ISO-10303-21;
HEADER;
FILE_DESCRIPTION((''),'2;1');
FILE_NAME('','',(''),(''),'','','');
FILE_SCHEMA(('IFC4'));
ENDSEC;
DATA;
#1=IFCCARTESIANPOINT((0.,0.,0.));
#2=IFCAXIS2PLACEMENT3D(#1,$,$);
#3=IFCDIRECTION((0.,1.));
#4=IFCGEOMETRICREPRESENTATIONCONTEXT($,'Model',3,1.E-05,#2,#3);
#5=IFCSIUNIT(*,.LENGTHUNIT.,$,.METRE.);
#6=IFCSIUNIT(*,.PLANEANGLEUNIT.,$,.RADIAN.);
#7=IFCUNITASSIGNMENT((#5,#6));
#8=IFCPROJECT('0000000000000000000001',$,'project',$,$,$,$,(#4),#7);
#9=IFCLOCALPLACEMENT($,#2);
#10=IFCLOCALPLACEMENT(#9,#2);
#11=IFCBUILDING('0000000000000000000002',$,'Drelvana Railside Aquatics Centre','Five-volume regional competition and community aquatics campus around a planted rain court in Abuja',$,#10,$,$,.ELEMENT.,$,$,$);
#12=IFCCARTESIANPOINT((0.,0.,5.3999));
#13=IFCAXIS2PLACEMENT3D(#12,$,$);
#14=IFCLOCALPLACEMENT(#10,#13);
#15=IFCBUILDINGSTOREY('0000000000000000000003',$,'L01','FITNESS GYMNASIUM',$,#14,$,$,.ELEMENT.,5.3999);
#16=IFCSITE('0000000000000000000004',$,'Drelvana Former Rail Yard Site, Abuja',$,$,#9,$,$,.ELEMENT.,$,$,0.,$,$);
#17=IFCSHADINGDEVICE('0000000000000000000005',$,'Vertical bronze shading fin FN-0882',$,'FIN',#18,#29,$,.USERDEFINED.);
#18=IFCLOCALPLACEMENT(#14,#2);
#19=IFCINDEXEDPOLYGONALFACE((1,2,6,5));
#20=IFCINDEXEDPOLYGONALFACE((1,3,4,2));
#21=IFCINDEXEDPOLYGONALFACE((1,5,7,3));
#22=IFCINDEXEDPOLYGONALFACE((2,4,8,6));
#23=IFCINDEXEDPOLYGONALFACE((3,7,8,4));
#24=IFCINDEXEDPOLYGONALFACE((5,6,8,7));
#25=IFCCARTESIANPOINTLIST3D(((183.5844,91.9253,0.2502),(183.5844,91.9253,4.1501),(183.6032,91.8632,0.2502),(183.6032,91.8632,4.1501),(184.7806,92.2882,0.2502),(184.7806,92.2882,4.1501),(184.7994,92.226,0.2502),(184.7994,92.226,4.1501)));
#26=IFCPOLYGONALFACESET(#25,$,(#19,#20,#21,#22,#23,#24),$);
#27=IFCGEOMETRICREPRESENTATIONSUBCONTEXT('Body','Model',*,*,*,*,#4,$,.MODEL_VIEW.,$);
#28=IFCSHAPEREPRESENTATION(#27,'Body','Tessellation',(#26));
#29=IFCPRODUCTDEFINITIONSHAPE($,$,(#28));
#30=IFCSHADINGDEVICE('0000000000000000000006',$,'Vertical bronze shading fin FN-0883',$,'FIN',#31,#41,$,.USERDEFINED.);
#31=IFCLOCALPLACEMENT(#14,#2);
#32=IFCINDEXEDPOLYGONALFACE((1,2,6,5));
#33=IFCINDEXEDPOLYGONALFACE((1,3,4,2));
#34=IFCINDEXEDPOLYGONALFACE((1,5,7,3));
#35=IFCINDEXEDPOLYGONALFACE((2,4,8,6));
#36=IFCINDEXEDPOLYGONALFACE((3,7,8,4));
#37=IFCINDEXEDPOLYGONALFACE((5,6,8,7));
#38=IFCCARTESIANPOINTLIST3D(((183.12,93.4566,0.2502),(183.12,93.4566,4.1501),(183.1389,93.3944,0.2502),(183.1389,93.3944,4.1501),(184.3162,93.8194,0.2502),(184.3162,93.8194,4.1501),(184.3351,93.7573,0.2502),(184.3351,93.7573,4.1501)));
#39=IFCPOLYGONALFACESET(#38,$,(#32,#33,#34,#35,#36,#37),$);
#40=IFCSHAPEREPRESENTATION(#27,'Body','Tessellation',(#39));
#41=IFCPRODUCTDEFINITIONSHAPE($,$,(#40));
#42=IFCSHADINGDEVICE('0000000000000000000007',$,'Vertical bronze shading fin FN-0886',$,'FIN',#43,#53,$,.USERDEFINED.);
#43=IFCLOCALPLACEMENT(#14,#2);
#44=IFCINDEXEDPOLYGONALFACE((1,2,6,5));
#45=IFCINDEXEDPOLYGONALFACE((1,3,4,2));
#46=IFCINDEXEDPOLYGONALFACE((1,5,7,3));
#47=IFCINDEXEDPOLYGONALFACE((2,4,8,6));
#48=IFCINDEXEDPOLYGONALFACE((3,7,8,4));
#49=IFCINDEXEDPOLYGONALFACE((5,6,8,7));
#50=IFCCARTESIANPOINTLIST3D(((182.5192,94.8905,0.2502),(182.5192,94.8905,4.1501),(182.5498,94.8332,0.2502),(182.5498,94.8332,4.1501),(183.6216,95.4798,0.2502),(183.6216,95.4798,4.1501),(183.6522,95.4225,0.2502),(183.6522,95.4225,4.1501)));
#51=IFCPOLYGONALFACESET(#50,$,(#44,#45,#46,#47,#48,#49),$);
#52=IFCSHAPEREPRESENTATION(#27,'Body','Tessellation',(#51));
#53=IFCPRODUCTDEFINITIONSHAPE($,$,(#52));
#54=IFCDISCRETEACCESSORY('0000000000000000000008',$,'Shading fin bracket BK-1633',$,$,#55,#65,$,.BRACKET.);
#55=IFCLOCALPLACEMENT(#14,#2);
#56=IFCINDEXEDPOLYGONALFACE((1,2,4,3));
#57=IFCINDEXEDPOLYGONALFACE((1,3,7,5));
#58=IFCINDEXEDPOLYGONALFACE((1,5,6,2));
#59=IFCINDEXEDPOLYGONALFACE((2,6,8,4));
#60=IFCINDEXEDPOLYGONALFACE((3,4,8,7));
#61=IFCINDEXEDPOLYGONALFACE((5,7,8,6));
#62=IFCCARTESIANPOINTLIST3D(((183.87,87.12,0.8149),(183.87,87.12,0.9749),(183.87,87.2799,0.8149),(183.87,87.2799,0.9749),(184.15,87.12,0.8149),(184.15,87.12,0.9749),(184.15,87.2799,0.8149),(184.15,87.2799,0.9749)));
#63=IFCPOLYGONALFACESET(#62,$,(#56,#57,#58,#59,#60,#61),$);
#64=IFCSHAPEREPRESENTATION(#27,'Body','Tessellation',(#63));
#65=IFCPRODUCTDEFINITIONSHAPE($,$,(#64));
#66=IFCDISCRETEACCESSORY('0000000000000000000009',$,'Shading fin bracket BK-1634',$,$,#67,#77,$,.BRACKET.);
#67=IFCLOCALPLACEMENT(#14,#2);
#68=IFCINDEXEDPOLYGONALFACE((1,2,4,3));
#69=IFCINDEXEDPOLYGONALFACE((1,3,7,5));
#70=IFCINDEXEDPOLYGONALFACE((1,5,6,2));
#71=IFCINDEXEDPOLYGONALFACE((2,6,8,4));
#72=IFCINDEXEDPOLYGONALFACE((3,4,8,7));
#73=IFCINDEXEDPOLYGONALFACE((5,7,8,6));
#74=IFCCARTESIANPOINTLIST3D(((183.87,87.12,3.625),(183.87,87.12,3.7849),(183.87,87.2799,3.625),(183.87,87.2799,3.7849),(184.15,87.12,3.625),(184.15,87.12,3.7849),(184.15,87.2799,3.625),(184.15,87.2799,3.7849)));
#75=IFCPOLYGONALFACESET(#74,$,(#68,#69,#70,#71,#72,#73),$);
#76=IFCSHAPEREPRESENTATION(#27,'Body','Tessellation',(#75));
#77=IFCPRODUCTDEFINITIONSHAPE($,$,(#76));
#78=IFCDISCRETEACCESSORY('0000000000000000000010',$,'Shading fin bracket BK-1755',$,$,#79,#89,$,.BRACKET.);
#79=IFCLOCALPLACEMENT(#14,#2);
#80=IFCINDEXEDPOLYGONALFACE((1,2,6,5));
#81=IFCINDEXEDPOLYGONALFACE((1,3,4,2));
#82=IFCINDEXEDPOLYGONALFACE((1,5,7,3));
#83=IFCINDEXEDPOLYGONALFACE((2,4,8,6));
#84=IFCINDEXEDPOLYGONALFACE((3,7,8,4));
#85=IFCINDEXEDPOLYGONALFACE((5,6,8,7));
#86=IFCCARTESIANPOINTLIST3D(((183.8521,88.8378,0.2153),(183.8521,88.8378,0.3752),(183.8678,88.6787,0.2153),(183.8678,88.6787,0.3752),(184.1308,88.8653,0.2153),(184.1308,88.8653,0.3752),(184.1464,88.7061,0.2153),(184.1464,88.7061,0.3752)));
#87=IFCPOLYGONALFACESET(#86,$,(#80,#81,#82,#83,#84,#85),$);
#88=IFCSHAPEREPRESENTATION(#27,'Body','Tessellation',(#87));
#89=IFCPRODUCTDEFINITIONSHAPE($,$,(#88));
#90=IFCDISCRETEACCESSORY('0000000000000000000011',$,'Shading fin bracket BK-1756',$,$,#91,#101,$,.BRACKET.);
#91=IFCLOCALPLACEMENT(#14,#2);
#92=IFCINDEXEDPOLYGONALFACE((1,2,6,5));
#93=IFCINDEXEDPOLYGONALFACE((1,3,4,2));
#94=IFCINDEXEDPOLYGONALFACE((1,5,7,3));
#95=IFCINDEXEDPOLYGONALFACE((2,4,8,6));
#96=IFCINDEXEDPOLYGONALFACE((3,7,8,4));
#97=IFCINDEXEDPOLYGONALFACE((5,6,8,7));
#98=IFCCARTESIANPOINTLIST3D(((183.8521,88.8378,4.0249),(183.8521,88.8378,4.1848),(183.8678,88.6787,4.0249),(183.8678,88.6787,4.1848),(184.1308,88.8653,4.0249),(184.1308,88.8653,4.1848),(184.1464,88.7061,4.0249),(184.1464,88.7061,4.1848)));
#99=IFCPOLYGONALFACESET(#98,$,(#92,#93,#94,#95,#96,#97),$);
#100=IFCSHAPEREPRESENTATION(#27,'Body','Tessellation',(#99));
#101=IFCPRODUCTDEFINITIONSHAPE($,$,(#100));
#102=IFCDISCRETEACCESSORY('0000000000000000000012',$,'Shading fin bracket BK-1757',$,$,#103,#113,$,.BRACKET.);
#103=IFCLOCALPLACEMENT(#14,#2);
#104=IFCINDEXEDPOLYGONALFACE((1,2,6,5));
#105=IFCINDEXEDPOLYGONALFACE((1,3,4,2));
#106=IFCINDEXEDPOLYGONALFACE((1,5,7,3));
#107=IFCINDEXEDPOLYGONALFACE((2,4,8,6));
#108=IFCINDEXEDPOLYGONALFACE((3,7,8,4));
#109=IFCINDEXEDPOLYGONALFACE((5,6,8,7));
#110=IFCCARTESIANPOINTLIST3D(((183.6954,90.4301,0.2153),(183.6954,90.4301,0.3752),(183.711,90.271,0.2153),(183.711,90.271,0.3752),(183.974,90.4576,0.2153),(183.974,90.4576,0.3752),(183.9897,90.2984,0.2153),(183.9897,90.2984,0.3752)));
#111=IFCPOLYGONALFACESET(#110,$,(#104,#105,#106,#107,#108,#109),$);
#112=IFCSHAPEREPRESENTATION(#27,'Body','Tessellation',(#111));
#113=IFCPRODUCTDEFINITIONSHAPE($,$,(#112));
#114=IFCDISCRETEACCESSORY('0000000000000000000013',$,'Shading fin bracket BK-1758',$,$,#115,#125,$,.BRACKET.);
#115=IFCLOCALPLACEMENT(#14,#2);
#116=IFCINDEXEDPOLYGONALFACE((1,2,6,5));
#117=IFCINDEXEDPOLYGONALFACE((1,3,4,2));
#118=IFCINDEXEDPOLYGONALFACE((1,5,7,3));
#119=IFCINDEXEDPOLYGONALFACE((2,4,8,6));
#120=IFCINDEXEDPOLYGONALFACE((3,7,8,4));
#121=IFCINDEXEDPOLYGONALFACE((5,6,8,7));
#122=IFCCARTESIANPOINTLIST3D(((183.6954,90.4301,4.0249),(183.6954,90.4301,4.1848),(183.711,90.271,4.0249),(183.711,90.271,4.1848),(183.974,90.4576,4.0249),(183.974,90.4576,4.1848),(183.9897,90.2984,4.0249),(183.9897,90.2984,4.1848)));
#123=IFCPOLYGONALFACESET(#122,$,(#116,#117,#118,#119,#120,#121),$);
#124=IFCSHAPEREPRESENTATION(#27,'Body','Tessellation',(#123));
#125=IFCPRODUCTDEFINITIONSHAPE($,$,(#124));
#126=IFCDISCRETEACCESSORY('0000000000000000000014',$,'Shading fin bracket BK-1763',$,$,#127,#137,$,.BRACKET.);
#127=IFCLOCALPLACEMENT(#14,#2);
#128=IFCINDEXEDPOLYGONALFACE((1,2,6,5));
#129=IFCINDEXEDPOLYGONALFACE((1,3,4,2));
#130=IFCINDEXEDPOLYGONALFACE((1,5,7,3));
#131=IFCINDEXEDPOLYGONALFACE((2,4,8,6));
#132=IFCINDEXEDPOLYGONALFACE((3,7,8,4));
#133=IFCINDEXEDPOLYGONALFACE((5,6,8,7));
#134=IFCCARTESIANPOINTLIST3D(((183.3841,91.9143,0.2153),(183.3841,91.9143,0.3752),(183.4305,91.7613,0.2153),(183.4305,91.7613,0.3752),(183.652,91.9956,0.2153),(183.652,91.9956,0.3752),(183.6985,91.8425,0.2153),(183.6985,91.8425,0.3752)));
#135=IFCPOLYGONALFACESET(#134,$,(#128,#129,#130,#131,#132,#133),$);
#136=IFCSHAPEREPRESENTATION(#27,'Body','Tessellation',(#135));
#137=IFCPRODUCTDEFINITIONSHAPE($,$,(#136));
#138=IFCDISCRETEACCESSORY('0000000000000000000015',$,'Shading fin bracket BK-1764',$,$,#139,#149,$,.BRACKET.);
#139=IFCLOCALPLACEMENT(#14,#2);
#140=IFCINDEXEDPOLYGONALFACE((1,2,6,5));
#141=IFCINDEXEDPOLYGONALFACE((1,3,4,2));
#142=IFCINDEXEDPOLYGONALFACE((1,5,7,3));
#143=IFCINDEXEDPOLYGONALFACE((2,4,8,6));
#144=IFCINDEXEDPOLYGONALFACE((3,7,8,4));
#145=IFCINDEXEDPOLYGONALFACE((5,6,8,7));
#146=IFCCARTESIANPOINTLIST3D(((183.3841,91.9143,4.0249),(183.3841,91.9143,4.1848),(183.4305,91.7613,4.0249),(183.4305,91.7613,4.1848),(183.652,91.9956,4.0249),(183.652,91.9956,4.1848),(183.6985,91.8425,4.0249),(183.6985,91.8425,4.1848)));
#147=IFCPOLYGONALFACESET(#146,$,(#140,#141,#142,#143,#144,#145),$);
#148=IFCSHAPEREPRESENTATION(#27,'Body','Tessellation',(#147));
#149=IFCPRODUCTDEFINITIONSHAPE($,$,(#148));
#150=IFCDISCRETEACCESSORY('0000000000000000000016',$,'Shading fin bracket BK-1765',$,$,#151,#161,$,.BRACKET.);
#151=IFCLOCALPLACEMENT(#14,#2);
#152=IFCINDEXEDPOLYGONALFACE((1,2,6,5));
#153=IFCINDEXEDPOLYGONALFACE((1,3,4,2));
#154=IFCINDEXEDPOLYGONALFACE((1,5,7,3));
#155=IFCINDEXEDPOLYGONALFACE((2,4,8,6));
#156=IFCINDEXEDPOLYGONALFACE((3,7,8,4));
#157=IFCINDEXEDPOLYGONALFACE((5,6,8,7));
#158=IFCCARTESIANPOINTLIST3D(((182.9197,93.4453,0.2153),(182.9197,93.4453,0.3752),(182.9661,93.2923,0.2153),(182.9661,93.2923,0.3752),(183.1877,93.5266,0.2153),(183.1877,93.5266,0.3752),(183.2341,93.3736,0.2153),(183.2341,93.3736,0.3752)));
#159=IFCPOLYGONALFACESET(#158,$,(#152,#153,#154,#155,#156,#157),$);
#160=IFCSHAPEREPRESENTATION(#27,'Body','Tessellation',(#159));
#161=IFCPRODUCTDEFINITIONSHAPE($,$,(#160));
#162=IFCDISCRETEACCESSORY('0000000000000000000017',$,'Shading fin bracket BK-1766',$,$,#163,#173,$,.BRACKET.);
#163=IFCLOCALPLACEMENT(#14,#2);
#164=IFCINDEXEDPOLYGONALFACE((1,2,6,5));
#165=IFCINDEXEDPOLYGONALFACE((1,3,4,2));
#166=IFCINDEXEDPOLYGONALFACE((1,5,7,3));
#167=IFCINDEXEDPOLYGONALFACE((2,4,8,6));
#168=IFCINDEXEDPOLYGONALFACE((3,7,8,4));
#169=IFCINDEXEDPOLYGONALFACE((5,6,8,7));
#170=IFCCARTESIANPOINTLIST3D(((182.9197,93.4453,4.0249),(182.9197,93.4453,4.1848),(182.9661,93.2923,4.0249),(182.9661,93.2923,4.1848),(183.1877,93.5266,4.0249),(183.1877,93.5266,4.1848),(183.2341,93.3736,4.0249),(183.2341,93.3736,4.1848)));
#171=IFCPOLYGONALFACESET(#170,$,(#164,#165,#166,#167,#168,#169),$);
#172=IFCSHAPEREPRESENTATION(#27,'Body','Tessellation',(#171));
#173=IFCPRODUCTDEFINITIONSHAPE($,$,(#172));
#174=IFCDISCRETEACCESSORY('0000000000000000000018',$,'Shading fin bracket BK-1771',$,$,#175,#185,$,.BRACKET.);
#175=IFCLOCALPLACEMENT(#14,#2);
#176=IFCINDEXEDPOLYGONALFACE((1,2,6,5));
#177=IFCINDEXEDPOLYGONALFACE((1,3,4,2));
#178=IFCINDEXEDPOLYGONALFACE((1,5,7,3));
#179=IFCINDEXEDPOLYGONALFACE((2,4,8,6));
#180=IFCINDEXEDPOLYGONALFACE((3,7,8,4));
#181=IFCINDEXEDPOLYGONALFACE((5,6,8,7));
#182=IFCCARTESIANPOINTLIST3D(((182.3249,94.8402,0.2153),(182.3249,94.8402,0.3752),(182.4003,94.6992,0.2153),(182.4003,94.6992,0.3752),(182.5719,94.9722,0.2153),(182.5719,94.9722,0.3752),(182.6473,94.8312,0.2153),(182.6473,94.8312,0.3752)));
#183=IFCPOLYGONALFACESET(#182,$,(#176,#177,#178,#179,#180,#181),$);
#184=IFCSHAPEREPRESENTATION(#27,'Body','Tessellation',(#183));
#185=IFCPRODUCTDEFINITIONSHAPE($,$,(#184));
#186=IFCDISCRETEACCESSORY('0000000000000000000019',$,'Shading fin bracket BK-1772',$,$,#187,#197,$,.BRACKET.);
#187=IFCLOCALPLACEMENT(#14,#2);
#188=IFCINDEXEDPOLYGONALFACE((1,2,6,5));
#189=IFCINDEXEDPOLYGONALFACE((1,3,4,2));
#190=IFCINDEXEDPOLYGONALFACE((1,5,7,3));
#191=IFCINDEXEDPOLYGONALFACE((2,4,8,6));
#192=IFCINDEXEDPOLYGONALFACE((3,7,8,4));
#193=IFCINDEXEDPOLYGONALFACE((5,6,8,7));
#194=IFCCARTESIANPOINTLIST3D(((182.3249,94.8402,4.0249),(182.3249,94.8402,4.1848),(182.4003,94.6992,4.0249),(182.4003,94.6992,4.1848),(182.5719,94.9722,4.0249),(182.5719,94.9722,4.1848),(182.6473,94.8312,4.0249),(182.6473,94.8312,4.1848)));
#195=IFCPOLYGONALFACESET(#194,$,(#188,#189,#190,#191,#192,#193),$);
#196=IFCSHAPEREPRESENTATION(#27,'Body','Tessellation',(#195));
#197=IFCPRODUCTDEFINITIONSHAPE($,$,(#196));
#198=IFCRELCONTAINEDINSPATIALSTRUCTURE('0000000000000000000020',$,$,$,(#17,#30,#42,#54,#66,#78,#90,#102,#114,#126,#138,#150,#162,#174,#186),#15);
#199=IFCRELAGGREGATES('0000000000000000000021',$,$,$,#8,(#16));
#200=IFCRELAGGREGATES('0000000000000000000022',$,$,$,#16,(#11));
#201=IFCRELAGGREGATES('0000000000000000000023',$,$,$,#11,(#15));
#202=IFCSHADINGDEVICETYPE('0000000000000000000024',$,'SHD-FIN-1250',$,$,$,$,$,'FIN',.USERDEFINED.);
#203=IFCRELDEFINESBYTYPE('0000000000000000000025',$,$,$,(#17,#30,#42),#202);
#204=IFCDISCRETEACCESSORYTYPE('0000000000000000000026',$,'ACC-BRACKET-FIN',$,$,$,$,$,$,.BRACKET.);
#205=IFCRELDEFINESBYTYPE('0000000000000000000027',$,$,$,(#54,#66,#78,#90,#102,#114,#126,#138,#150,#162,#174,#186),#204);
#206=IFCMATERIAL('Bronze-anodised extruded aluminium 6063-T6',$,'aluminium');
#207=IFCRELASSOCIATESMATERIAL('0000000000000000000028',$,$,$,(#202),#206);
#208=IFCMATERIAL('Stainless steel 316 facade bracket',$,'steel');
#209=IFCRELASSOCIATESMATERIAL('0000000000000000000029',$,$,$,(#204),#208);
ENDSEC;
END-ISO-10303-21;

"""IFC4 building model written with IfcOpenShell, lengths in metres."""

from ifc_helpers import new_model, si_unit, direction, frame, origin, origin_2d, place, context, subcontext, project, spatial, rectangle, extrude, material, type_object, element, save


model = new_model("IFC4")

# Units and contexts
model_context = context("Model", 3, precision=1e-05, world=origin(), true_north=direction((0.0, 1.0)))
body_context = subcontext(model_context, "Body", "Model", "MODEL_VIEW")
ifc_project = project(units=[si_unit("LENGTHUNIT", "METRE"), si_unit("PLANEANGLEUNIT", "RADIAN")], contexts=[model_context])

# Site, building, storey
site_placement = place(None, origin())
site = spatial("IfcSite", under=ifc_project, at=site_placement, Name="Drelvana Former Rail Yard Site, Abuja", CompositionType="ELEMENT", RefElevation=0.0)
building_placement = place(site_placement, origin())
building = spatial("IfcBuilding", under=site, at=building_placement, Name="Drelvana Railside Aquatics Centre", Description="Five-volume regional competition and community aquatics campus around a planted rain court in Abuja", CompositionType="ELEMENT")
storey_placement = place(building_placement, frame((0.0, 0.0, 5.3999)))
storey = spatial("IfcBuildingStorey", under=building, at=storey_placement, Name="L01", Description="FITNESS GYMNASIUM", CompositionType="ELEMENT", Elevation=5.3999)

# Shared definitions
ifc_material_1 = material(Name="Bronze-anodised extruded aluminium 6063-T6", Category="aluminium")

# Shading devices
shading_device_type = type_object("IfcShadingDeviceType", Name="SHD-FIN-1250", ElementType="FIN", PredefinedType="USERDEFINED", material=ifc_material_1)
for number, where, z_axis, x_axis, name in (
    (1, (184.1919, 92.0757, 0.2502), (0.0, 0.0, 1.0), (0.95694, 0.290285, 0.0), "Vertical bronze shading fin FN-0882"),
    (2, (183.7275, 93.6069, 0.2502), (0.0, 0.0, 1.0), (0.95694, 0.290285, 0.0), "Vertical bronze shading fin FN-0883"),
    (3, (183.0857, 95.1565, 0.2502), (0.0, 0.0, 1.0), (0.881921, 0.471397, 0.0), "Vertical bronze shading fin FN-0886"),
):
    element("IfcShadingDevice", number, at=place(storey_placement, frame(where, z_axis=z_axis, x_axis=x_axis)), inside=storey, type_object=shading_device_type, Name=name, ObjectType="FIN", PredefinedType="USERDEFINED", context=body_context, shape_type="SweptSolid", body=[
        extrude(rectangle(XDim=1.25, YDim=0.0649, at=origin_2d()), origin(), (0.0, 0.0, 1.0), 3.8999),
    ])

# Discrete accessories
ifc_material_2 = material(Name="Stainless steel 316 facade bracket", Category="steel")
discrete_accessory_type = type_object("IfcDiscreteAccessoryType", Name="ACC-BRACKET-FIN", PredefinedType="BRACKET", material=ifc_material_2)
for number, where, z_axis, x_axis, name in (
    (4, (184.01, 87.2, 0.8149), (0.0, 0.0, 1.0), (1.0, 0.0, 0.0), "Shading fin bracket BK-1633"),
    (5, (184.01, 87.2, 3.625), (0.0, 0.0, 1.0), (1.0, 0.0, 0.0), "Shading fin bracket BK-1634"),
    (6, (183.9993, 88.772, 0.2153), (0.0, 0.0, 1.0), (0.995185, 0.098017, 0.0), "Shading fin bracket BK-1755"),
    (7, (183.9993, 88.772, 4.0249), (0.0, 0.0, 1.0), (0.995185, 0.098017, 0.0), "Shading fin bracket BK-1756"),
    (8, (183.8425, 90.3643, 0.2153), (0.0, 0.0, 1.0), (0.995185, 0.098017, 0.0), "Shading fin bracket BK-1757"),
    (9, (183.8425, 90.3643, 4.0249), (0.0, 0.0, 1.0), (0.995185, 0.098017, 0.0), "Shading fin bracket BK-1758"),
    (10, (183.5413, 91.8784, 0.2153), (0.0, 0.0, 1.0), (0.95694, 0.290285, 0.0), "Shading fin bracket BK-1763"),
    (11, (183.5413, 91.8784, 4.0249), (0.0, 0.0, 1.0), (0.95694, 0.290285, 0.0), "Shading fin bracket BK-1764"),
    (12, (183.0769, 93.4094, 0.2153), (0.0, 0.0, 1.0), (0.95694, 0.290285, 0.0), "Shading fin bracket BK-1765"),
    (13, (183.0769, 93.4094, 4.0249), (0.0, 0.0, 1.0), (0.95694, 0.290285, 0.0), "Shading fin bracket BK-1766"),
    (14, (182.4861, 94.8357, 0.2153), (0.0, 0.0, 1.0), (0.881921, 0.471397, 0.0), "Shading fin bracket BK-1771"),
    (15, (182.4861, 94.8357, 4.0249), (0.0, 0.0, 1.0), (0.881921, 0.471397, 0.0), "Shading fin bracket BK-1772"),
):
    element("IfcDiscreteAccessory", number, at=place(storey_placement, frame(where, z_axis=z_axis, x_axis=x_axis)), inside=storey, type_object=discrete_accessory_type, Name=name, PredefinedType="BRACKET", context=body_context, shape_type="SweptSolid", body=[
        extrude(rectangle(XDim=0.28, YDim=0.1599, at=origin_2d()), origin(), (0.0, 0.0, 1.0), 0.1599),
    ])

save(model, "model.ifc")
